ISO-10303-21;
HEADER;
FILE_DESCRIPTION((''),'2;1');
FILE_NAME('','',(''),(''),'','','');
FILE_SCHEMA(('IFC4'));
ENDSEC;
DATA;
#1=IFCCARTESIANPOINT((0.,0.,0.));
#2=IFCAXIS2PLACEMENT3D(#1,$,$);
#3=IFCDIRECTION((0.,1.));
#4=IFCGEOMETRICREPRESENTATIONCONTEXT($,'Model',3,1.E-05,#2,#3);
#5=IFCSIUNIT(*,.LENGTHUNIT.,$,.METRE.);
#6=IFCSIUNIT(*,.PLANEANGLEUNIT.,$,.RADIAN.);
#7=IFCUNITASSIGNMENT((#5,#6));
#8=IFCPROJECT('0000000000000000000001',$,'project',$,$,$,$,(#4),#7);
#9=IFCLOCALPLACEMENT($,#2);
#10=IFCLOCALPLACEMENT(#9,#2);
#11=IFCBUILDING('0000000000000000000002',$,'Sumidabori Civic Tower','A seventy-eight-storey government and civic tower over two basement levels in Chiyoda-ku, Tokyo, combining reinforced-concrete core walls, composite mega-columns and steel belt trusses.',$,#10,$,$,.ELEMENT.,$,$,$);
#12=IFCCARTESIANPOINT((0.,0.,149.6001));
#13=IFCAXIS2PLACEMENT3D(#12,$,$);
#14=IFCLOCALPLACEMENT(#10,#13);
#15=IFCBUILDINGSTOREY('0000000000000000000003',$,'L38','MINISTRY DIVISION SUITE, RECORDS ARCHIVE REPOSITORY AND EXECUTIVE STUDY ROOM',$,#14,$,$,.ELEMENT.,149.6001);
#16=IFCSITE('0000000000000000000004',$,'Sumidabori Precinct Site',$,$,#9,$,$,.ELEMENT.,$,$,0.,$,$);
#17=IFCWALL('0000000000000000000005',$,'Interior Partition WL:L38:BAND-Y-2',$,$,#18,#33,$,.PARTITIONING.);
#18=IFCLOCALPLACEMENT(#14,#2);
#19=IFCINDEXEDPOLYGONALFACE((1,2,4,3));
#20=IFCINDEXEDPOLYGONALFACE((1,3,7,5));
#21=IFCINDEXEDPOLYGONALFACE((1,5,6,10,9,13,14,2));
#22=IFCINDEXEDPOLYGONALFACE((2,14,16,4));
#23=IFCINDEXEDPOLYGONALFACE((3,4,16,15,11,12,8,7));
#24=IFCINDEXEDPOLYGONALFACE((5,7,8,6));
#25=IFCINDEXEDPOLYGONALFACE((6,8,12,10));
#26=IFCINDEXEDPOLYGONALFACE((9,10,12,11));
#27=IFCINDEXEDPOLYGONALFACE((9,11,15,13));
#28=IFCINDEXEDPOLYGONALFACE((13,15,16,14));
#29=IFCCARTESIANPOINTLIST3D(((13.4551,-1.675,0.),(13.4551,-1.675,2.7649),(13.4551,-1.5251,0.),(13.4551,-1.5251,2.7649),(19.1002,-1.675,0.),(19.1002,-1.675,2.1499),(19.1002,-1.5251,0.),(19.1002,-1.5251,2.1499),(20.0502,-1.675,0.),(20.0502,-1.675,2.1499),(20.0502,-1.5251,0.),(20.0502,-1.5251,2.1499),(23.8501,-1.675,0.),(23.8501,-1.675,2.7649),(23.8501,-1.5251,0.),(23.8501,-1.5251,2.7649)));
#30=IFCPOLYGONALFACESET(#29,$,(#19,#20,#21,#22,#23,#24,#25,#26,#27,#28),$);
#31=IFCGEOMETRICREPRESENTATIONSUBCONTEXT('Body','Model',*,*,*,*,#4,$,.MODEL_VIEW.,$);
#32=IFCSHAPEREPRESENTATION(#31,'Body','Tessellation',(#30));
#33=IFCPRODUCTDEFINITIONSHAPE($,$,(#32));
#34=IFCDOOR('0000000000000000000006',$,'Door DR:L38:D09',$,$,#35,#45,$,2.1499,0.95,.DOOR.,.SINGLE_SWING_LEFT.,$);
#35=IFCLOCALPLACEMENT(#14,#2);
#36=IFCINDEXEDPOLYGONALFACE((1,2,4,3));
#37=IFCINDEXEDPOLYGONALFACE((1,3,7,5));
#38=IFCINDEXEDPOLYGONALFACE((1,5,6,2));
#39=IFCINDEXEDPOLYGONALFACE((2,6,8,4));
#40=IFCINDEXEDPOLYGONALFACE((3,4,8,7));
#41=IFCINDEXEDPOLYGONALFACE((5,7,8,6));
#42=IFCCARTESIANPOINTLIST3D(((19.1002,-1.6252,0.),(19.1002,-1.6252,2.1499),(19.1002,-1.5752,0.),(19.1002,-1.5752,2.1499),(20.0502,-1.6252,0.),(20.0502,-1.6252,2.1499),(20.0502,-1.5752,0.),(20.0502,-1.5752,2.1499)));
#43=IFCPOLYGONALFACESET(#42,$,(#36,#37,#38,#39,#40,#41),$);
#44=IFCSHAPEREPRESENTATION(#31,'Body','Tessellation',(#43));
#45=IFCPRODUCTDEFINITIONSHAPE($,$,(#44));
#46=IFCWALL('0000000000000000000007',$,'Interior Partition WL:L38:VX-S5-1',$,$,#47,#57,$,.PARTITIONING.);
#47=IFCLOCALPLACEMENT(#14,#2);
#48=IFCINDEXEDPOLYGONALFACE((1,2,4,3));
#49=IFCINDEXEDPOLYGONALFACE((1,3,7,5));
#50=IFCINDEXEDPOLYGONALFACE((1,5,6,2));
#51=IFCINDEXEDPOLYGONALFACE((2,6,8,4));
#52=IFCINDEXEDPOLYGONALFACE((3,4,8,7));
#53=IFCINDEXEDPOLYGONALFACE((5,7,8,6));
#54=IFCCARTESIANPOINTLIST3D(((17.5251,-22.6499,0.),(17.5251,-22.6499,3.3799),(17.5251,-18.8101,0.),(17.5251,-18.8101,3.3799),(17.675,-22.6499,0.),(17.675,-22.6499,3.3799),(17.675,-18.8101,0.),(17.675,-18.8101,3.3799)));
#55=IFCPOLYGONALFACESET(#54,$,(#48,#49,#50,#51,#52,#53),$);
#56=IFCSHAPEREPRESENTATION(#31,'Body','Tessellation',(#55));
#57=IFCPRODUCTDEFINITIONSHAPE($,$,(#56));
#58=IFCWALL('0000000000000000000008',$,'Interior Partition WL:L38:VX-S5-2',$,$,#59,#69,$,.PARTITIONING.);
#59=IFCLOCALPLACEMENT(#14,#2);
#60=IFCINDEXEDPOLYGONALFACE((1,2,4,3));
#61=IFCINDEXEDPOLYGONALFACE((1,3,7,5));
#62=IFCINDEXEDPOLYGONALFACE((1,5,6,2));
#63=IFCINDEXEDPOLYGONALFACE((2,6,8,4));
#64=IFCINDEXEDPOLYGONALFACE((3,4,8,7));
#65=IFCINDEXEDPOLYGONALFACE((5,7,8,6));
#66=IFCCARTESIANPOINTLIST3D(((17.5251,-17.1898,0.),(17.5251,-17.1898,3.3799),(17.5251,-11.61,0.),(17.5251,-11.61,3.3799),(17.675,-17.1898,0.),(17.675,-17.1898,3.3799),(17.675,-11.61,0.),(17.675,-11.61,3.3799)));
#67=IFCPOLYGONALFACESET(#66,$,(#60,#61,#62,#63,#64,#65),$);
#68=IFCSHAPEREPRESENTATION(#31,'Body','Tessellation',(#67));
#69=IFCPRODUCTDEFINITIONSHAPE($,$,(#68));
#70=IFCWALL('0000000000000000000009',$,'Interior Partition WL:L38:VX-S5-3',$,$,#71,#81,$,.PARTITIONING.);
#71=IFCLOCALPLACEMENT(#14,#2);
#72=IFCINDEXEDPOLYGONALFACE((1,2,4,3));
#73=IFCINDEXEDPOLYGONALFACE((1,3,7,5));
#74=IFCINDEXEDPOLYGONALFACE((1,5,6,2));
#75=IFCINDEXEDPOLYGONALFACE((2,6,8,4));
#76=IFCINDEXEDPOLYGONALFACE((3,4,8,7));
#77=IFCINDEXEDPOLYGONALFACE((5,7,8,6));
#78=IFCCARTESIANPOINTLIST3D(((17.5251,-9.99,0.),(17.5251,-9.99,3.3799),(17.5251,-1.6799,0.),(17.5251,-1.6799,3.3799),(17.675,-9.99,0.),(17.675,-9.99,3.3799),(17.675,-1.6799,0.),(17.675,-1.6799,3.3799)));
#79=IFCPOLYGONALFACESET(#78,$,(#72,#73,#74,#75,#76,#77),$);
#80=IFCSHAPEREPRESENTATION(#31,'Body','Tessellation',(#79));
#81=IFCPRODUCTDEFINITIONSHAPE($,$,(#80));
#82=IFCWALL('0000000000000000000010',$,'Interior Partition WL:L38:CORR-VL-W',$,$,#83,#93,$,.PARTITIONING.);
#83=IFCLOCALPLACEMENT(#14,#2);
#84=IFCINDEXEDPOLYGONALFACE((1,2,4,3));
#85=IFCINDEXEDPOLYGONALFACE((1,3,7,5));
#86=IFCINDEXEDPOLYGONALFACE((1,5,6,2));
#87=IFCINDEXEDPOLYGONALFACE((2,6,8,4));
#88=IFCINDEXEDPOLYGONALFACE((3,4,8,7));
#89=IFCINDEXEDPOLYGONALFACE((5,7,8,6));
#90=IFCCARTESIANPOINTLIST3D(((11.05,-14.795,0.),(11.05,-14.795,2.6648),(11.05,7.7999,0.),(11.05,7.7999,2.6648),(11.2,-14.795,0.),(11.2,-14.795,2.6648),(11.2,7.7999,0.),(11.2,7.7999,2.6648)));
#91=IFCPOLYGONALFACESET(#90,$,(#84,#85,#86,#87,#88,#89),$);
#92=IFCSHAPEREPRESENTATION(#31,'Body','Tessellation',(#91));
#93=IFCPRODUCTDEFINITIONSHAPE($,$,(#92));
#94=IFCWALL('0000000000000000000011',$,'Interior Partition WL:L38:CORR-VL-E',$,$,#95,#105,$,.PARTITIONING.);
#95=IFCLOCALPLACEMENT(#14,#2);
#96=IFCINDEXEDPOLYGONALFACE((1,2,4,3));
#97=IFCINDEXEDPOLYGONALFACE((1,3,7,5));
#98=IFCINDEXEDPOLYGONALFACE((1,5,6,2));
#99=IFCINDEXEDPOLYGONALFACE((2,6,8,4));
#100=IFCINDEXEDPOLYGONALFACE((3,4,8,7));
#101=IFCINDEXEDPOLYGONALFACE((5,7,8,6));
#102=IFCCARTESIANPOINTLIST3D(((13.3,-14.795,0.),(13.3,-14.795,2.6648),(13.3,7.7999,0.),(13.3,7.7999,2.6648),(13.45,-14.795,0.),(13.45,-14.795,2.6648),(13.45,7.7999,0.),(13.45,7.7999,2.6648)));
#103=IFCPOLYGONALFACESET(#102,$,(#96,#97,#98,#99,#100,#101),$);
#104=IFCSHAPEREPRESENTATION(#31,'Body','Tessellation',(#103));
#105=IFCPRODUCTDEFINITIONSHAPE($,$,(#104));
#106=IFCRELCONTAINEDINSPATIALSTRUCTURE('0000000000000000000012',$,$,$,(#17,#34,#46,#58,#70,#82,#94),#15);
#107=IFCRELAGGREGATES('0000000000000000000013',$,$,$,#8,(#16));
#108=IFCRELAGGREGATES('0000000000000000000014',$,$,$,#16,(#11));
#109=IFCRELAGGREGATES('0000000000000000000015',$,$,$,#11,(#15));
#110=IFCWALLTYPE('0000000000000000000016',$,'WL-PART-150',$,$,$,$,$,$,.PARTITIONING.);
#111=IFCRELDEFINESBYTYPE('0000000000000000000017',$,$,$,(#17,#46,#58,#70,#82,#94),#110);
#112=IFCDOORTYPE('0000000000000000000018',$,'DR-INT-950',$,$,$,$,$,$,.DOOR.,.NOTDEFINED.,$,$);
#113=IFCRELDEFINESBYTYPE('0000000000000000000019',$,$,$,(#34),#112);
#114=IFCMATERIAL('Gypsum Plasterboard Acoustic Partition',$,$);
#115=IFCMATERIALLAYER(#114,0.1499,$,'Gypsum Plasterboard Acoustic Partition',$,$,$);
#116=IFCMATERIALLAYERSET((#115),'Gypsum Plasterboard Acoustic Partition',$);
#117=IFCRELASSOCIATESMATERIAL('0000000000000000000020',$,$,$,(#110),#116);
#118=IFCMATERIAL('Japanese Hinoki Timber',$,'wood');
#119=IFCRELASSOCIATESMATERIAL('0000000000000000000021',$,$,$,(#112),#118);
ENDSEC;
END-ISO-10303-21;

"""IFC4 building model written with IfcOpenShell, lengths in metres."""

from ifc_helpers import new_model, si_unit, direction, frame, frame_2d, origin, place, context, subcontext, project, spatial, rectangle, extrude, source, transform, mapped, material, layer, layer_set, type_object, element, fill, save


model = new_model("IFC4")

# Units and contexts
model_context = context("Model", 3, precision=1e-05, world=origin(), true_north=direction((0.0, 1.0)))
body_context = subcontext(model_context, "Body", "Model", "MODEL_VIEW")
ifc_project = project(units=[si_unit("LENGTHUNIT", "METRE"), si_unit("PLANEANGLEUNIT", "RADIAN")], contexts=[model_context])

# Site, building, storey
site_placement = place(None, origin())
site = spatial("IfcSite", under=ifc_project, at=site_placement, Name="Sumidabori Precinct Site", CompositionType="ELEMENT", RefElevation=0.0)
building_placement = place(site_placement, origin())
building = spatial("IfcBuilding", under=site, at=building_placement, Name="Sumidabori Civic Tower", Description="A seventy-eight-storey government and civic tower over two basement levels in Chiyoda-ku, Tokyo, combining reinforced-concrete core walls, composite mega-columns and steel belt trusses.", CompositionType="ELEMENT")
storey_placement = place(building_placement, frame((0.0, 0.0, 149.6001)))
storey = spatial("IfcBuildingStorey", under=building, at=storey_placement, Name="L38", Description="MINISTRY DIVISION SUITE, RECORDS ARCHIVE REPOSITORY AND EXECUTIVE STUDY ROOM", CompositionType="ELEMENT", Elevation=149.6001)

# Wall, opening, door
ifc_material_1 = material(Name="Gypsum Plasterboard Acoustic Partition")
ifc_layer_1 = layer(ifc_material_1, 0.1499, Name="Gypsum Plasterboard Acoustic Partition")
ifc_layer_set_1 = layer_set([ifc_layer_1], Name="Gypsum Plasterboard Acoustic Partition")
wall_type_1 = type_object("IfcWallType", Name="WL-PART-150", PredefinedType="PARTITIONING", material=ifc_layer_set_1)
ifc_material_2 = material(Name="Japanese Hinoki Timber", Category="wood")
door_type = type_object("IfcDoorType", Name="DR-INT-950", OperationType="NOTDEFINED", PredefinedType="DOOR", material=ifc_material_2)
shared_shape_1 = source(origin(), body_context, "Body", "SweptSolid", [
    extrude(rectangle(XDim=0.95, YDim=2.1499, at=frame_2d((0.4751, 1.075))), frame((0.0, 0.0249, 0.0), z_axis=(0.0, -1.0, 0.0), x_axis=(1.0, 0.0, 0.0)), (0.0, 0.0, 1.0), 0.05),
])
shared_shape_2 = source(origin(), body_context, "Body", "SweptSolid", [
    extrude(rectangle(XDim=10.395, YDim=0.1499, at=frame_2d((5.1975, 0.0))), origin(), (0.0, 0.0, 1.0), 2.7649),
])
wall_1_placement = place(storey_placement, frame((13.4551, -1.6001, 0.0), z_axis=(0.0, 0.0, 1.0), x_axis=(1.0, 0.0, 0.0)))
wall_1 = element("IfcWall", 1, at=wall_1_placement, inside=storey, type_object=wall_type_1, Name="Interior Partition WL:L38:BAND-Y-2", PredefinedType="PARTITIONING", context=body_context, shape_type="MappedRepresentation", body=[
    mapped(shared_shape_2, transform((0.0, 0.0, 0.0), x_axis=(1.0, 0.0, 0.0), y_axis=(0.0, 1.0, 0.0), z_axis=(0.0, 0.0, 1.0), scale=1.0)),
])
opening_1_placement = place(wall_1_placement, frame((5.645, 0.0, 0.0)))
opening_1 = element("IfcOpeningElement", 2, at=opening_1_placement, cuts=wall_1, PredefinedType="OPENING", context=body_context, shape_type="SweptSolid", body=[
    extrude(rectangle(XDim=0.95, YDim=2.1499, at=frame_2d((0.4751, 1.075))), frame((0.0, 0.0869, 0.0), z_axis=(0.0, -1.0, 0.0), x_axis=(1.0, 0.0, 0.0)), (0.0, 0.0, 1.0), 0.1738),
])
door_1_placement = place(opening_1_placement, origin())
door_1 = element("IfcDoor", 3, at=door_1_placement, inside=storey, type_object=door_type, Name="Door DR:L38:D09", OperationType="SINGLE_SWING_LEFT", OverallHeight=2.1499, OverallWidth=0.95, PredefinedType="DOOR", context=body_context, shape_type="MappedRepresentation", body=[
    mapped(shared_shape_1, transform((0.0, 0.0, 0.0), x_axis=(1.0, 0.0, 0.0), y_axis=(0.0, 1.0, 0.0), z_axis=(0.0, 0.0, 1.0), scale=1.0)),
])
fill(opening_1, door_1)

# Walls
shared_shape_3 = source(origin(), body_context, "Body", "SweptSolid", [
    extrude(rectangle(XDim=3.8398, YDim=0.1499, at=frame_2d((1.9199, 0.0))), origin(), (0.0, 0.0, 1.0), 3.3799),
])
wall_2_placement = place(storey_placement, frame((17.6001, -22.6499, 0.0), z_axis=(0.0, 0.0, 1.0), x_axis=(0.0, 1.0, 0.0)))
element("IfcWall", 4, at=wall_2_placement, inside=storey, type_object=wall_type_1, Name="Interior Partition WL:L38:VX-S5-1", PredefinedType="PARTITIONING", context=body_context, shape_type="MappedRepresentation", body=[
    mapped(shared_shape_3, transform((0.0, 0.0, 0.0), x_axis=(1.0, 0.0, 0.0), y_axis=(0.0, 1.0, 0.0), z_axis=(0.0, 0.0, 1.0), scale=1.0)),
])
shared_shape_4 = source(origin(), body_context, "Body", "SweptSolid", [
    extrude(rectangle(XDim=5.5798, YDim=0.1499, at=frame_2d((2.79, 0.0))), origin(), (0.0, 0.0, 1.0), 3.3799),
])
wall_3_placement = place(storey_placement, frame((17.6001, -17.1899, 0.0), z_axis=(0.0, 0.0, 1.0), x_axis=(0.0, 1.0, 0.0)))
element("IfcWall", 5, at=wall_3_placement, inside=storey, type_object=wall_type_1, Name="Interior Partition WL:L38:VX-S5-2", PredefinedType="PARTITIONING", context=body_context, shape_type="MappedRepresentation", body=[
    mapped(shared_shape_4, transform((0.0, 0.0, 0.0), x_axis=(1.0, 0.0, 0.0), y_axis=(0.0, 1.0, 0.0), z_axis=(0.0, 0.0, 1.0), scale=1.0)),
])
shared_shape_5 = source(origin(), body_context, "Body", "SweptSolid", [
    extrude(rectangle(XDim=8.3101, YDim=0.1499, at=frame_2d((4.155, 0.0))), origin(), (0.0, 0.0, 1.0), 3.3799),
])
wall_4_placement = place(storey_placement, frame((17.6001, -9.99, 0.0), z_axis=(0.0, 0.0, 1.0), x_axis=(0.0, 1.0, 0.0)))
element("IfcWall", 6, at=wall_4_placement, inside=storey, type_object=wall_type_1, Name="Interior Partition WL:L38:VX-S5-3", PredefinedType="PARTITIONING", context=body_context, shape_type="MappedRepresentation", body=[
    mapped(shared_shape_5, transform((0.0, 0.0, 0.0), x_axis=(1.0, 0.0, 0.0), y_axis=(0.0, 1.0, 0.0), z_axis=(0.0, 0.0, 1.0), scale=1.0)),
])
shared_shape_6 = source(origin(), body_context, "Body", "SweptSolid", [
    extrude(rectangle(XDim=22.595, YDim=0.1499, at=frame_2d((11.2974, 0.0))), origin(), (0.0, 0.0, 1.0), 2.6648),
])
for number, where, z_axis, x_axis, name in (
    (7, (11.125, -14.7949, 0.0), (0.0, 0.0, 1.0), (0.0, 1.0, 0.0), "Interior Partition WL:L38:CORR-VL-W"),
    (8, (13.375, -14.7949, 0.0), (0.0, 0.0, 1.0), (0.0, 1.0, 0.0), "Interior Partition WL:L38:CORR-VL-E"),
):
    element("IfcWall", number, at=place(storey_placement, frame(where, z_axis=z_axis, x_axis=x_axis)), inside=storey, type_object=wall_type_1, Name=name, PredefinedType="PARTITIONING", context=body_context, shape_type="MappedRepresentation", body=[
        mapped(shared_shape_6, transform((0.0, 0.0, 0.0), x_axis=(1.0, 0.0, 0.0), y_axis=(0.0, 1.0, 0.0), z_axis=(0.0, 0.0, 1.0), scale=1.0)),
    ])

save(model, "model.ifc")
